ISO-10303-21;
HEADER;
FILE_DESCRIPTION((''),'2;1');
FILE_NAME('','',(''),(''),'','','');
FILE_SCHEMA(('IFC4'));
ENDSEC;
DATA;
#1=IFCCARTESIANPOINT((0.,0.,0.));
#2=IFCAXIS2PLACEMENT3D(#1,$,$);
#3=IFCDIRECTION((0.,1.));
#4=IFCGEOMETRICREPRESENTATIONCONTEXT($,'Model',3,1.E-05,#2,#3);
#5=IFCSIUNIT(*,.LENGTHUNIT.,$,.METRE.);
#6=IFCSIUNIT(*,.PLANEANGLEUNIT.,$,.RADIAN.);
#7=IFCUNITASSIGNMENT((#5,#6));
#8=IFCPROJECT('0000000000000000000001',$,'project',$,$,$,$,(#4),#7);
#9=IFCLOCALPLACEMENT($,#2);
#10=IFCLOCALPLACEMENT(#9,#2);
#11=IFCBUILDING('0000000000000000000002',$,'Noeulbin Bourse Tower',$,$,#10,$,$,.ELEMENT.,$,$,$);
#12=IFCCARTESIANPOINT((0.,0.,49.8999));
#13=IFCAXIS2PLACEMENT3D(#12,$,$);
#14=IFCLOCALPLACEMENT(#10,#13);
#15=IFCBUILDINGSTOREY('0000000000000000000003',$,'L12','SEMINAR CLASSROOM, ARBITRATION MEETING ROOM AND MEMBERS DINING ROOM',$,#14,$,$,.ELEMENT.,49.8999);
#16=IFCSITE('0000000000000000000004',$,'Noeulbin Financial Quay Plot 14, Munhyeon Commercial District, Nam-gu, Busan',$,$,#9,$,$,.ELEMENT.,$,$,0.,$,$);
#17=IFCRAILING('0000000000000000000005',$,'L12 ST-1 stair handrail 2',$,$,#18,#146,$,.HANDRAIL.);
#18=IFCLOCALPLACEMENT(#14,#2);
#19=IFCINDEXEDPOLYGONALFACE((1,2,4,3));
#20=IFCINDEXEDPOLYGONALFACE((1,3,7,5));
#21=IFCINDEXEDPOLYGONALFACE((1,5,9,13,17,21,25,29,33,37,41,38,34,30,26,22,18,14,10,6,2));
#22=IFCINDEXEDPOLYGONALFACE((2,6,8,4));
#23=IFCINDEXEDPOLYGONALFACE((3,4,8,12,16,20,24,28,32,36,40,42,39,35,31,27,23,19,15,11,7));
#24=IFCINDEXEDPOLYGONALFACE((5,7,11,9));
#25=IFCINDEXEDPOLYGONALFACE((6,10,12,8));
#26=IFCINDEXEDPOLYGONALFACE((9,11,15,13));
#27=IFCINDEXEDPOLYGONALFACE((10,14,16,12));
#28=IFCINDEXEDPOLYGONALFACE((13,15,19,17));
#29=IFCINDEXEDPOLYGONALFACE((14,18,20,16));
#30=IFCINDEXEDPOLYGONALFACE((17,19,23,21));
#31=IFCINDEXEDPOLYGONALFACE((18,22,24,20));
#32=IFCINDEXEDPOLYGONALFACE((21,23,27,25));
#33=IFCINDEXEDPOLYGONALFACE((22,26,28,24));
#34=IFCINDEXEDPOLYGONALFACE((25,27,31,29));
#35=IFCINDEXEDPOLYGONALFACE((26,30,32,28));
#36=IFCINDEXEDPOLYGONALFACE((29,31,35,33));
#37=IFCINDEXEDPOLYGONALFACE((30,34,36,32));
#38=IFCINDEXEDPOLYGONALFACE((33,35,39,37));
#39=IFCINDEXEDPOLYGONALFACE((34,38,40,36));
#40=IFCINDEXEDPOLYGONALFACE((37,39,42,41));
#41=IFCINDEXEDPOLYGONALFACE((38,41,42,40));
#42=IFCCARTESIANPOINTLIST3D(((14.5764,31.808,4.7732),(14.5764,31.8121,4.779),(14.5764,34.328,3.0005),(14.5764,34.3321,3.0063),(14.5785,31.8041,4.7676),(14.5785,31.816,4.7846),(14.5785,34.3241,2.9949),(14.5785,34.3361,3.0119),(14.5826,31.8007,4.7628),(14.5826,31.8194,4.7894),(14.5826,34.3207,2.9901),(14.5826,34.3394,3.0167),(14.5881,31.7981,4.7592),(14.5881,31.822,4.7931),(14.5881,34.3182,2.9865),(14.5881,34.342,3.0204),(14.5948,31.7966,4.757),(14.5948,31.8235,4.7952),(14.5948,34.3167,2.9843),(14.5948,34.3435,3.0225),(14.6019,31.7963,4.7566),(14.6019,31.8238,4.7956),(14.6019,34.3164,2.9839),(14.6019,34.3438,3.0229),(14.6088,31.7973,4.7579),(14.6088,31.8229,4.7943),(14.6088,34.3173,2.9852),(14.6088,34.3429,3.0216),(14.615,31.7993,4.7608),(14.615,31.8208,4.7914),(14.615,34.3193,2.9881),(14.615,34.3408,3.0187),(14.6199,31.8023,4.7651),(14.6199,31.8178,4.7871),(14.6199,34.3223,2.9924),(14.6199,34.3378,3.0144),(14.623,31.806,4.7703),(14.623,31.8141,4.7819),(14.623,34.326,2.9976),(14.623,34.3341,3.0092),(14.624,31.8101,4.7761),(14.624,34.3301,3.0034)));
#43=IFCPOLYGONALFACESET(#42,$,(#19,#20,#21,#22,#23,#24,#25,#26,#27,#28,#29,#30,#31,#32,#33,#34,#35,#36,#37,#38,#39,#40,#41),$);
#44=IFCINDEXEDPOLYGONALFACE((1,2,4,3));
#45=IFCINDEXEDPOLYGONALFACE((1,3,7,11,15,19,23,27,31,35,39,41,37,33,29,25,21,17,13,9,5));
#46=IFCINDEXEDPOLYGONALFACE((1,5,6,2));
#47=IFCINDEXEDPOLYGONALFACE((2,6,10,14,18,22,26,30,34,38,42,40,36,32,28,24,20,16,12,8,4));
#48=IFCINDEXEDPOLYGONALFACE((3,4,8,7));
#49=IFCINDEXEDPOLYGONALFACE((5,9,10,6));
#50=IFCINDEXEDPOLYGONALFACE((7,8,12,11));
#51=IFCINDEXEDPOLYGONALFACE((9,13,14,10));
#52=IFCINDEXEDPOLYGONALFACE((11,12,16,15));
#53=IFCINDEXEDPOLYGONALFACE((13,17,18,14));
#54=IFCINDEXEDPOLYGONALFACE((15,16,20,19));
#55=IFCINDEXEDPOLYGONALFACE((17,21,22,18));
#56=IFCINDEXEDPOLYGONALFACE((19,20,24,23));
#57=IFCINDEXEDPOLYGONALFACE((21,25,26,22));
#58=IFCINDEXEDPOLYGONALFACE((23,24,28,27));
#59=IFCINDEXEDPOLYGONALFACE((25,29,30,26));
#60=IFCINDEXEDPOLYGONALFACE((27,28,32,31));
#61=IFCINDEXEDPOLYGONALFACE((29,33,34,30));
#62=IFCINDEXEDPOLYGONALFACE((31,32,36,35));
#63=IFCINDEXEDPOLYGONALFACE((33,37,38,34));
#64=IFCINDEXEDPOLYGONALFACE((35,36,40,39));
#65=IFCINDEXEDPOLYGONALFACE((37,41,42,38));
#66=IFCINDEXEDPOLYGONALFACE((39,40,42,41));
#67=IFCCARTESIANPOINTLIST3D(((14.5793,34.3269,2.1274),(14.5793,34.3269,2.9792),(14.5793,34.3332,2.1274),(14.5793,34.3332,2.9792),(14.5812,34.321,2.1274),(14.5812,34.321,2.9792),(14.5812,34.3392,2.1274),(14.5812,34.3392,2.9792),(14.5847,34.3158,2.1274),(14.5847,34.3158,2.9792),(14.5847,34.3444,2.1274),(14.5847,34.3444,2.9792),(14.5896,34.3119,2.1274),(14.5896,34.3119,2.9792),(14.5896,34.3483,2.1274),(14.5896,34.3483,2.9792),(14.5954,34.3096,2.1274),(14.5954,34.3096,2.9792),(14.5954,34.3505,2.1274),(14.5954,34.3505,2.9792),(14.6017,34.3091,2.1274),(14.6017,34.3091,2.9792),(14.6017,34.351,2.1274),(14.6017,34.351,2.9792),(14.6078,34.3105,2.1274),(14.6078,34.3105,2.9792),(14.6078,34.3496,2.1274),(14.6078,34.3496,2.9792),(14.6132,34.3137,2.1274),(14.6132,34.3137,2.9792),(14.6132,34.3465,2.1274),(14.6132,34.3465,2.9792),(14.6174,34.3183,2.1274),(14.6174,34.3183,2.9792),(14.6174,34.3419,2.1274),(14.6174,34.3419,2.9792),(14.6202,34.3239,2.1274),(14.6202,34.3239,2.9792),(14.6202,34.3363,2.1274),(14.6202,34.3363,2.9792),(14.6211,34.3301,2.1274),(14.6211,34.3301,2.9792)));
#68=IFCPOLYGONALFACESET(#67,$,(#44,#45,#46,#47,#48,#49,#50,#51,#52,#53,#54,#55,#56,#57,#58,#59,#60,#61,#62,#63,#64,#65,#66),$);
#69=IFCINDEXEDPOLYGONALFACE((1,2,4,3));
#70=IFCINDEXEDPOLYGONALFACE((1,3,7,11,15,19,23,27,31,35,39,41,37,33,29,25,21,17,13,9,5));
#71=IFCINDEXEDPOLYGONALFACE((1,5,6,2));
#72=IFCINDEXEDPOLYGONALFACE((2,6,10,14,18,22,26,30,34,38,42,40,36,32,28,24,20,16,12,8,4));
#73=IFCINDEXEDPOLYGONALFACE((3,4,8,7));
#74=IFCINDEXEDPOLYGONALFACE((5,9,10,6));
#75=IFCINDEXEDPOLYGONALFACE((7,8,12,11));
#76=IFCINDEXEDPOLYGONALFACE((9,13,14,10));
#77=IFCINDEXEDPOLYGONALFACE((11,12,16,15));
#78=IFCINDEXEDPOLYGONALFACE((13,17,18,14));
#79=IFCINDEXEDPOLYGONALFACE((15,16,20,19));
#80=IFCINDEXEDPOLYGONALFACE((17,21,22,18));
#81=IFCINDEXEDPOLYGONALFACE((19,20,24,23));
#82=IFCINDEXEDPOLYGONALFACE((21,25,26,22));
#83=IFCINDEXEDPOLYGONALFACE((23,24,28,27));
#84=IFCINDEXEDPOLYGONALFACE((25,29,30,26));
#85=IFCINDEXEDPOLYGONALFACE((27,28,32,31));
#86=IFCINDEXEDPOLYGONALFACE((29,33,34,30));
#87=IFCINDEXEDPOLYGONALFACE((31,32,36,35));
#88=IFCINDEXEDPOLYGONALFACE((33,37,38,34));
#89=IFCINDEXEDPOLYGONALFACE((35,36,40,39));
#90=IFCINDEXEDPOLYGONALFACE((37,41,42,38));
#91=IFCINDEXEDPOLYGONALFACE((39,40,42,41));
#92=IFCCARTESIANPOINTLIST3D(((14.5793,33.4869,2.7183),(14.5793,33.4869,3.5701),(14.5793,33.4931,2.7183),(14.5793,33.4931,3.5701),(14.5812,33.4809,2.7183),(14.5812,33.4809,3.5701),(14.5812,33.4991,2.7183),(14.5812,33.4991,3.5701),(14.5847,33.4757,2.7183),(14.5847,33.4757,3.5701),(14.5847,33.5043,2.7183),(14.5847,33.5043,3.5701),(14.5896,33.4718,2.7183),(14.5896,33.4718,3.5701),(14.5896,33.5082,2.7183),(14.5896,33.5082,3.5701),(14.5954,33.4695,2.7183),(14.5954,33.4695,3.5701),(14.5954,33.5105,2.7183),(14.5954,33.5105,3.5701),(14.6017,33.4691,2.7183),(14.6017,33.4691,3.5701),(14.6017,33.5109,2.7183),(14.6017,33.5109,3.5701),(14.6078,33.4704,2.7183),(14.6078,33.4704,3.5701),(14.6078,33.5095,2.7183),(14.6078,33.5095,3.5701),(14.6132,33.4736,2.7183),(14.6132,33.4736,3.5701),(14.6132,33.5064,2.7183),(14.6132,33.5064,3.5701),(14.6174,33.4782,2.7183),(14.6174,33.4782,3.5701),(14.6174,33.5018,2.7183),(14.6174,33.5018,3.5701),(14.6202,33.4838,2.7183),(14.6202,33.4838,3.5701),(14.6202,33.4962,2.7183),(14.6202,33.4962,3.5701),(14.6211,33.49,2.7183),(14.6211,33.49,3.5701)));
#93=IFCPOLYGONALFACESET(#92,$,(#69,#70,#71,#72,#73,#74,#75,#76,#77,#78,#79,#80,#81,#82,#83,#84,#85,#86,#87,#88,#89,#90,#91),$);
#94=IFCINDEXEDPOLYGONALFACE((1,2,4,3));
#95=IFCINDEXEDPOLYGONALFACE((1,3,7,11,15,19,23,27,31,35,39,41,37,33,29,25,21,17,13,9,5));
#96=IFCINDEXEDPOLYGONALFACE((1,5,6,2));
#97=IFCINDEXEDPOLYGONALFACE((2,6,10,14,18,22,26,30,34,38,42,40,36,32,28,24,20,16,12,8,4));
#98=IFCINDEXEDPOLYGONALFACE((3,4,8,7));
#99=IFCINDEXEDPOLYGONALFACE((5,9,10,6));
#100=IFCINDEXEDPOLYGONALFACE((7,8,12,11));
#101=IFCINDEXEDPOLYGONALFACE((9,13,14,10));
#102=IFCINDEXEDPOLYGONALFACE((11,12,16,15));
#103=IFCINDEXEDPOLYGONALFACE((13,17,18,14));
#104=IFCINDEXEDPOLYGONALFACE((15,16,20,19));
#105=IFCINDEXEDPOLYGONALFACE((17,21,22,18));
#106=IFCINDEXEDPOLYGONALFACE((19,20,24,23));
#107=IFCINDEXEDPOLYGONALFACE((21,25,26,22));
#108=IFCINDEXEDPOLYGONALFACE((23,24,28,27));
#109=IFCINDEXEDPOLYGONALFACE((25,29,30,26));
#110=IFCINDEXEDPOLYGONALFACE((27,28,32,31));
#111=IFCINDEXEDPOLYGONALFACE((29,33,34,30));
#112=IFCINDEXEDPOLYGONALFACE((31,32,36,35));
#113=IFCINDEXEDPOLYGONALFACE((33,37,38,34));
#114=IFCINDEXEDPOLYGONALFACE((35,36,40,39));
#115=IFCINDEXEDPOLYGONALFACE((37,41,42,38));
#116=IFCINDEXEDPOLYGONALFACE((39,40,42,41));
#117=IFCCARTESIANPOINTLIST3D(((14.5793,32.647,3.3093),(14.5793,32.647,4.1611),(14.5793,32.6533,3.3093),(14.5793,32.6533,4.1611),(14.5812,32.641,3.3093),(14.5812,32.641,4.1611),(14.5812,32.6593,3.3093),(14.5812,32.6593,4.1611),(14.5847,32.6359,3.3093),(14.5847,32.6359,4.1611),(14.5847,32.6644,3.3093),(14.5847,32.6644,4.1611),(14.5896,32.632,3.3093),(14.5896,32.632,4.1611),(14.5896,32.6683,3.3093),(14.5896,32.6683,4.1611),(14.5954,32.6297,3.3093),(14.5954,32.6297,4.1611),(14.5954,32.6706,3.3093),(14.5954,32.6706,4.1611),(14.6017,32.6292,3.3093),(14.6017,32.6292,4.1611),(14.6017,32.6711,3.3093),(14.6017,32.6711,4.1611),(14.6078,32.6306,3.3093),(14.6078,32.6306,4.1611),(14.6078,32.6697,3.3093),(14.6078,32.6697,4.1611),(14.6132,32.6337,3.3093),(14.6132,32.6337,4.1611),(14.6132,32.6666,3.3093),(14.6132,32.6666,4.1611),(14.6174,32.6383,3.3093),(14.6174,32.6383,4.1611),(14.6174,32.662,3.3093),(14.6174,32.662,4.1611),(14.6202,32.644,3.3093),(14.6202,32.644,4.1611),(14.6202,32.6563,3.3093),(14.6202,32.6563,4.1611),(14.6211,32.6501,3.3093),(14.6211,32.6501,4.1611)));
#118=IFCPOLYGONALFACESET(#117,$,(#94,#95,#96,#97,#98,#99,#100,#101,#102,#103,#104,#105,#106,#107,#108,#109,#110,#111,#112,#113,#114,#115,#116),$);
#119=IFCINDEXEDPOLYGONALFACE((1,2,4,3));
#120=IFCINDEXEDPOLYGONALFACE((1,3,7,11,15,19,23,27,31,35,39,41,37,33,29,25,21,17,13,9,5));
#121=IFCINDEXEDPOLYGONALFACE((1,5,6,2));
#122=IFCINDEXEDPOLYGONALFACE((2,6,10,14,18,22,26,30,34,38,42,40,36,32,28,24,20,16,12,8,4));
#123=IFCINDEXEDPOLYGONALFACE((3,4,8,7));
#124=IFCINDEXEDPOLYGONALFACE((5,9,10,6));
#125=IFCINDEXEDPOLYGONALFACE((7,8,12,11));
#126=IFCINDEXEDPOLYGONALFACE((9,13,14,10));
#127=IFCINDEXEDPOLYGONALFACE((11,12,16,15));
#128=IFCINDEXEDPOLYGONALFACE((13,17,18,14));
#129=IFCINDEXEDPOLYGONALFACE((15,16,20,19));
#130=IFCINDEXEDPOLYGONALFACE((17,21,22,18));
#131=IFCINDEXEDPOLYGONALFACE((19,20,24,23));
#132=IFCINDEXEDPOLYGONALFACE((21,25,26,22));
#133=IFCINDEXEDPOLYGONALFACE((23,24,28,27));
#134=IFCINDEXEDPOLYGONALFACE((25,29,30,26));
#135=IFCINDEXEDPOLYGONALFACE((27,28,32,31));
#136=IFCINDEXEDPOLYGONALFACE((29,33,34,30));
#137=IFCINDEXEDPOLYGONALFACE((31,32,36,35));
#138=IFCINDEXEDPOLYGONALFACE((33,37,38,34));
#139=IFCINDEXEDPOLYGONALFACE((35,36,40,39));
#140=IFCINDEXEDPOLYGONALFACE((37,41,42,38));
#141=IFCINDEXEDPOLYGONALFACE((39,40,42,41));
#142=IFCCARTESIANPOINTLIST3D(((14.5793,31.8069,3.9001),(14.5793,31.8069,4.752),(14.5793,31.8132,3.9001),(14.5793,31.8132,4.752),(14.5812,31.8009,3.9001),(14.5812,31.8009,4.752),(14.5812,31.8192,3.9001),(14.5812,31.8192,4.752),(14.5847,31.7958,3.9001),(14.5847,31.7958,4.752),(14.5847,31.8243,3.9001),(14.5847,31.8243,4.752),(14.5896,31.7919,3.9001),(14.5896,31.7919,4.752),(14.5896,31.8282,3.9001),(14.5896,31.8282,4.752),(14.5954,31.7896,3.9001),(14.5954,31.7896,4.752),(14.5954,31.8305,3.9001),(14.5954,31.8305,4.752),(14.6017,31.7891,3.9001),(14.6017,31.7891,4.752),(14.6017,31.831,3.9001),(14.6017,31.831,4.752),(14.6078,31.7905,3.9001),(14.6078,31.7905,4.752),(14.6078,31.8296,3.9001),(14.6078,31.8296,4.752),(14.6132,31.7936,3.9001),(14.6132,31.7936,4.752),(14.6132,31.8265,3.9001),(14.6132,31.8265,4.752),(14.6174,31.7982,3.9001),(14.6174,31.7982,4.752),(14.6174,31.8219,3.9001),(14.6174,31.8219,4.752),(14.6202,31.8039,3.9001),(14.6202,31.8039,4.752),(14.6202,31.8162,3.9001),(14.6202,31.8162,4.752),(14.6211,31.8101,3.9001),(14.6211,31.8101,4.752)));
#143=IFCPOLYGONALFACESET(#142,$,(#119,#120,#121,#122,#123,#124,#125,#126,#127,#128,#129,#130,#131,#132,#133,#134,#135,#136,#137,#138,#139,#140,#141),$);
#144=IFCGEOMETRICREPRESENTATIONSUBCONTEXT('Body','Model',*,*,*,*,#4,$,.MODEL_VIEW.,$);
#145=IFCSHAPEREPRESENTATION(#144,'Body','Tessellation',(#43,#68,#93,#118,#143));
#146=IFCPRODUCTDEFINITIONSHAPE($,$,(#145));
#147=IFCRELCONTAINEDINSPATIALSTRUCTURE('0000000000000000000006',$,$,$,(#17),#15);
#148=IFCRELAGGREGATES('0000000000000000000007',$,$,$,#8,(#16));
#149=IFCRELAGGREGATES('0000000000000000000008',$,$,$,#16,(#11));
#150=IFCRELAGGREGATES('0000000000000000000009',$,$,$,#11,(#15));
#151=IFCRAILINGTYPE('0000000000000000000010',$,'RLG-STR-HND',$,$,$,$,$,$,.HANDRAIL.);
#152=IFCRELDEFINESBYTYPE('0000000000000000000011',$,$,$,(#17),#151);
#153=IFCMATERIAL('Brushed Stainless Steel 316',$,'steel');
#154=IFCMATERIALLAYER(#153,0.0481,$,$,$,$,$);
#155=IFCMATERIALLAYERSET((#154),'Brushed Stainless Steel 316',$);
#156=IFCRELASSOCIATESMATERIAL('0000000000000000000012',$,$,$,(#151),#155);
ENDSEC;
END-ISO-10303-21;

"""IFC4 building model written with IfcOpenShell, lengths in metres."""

from ifc_helpers import new_model, si_unit, direction, frame, origin, origin_2d, place, context, subcontext, project, spatial, circle, extrude, material, layer, layer_set, type_object, element, save


model = new_model("IFC4")

# Units and contexts
model_context = context("Model", 3, precision=1e-05, world=origin(), true_north=direction((0.0, 1.0)))
body_context = subcontext(model_context, "Body", "Model", "MODEL_VIEW")
ifc_project = project(units=[si_unit("LENGTHUNIT", "METRE"), si_unit("PLANEANGLEUNIT", "RADIAN")], contexts=[model_context])

# Site, building, storey
site_placement = place(None, origin())
site = spatial("IfcSite", under=ifc_project, at=site_placement, Name="Noeulbin Financial Quay Plot 14, Munhyeon Commercial District, Nam-gu, Busan", CompositionType="ELEMENT", RefElevation=0.0)
building_placement = place(site_placement, origin())
building = spatial("IfcBuilding", under=site, at=building_placement, Name="Noeulbin Bourse Tower", CompositionType="ELEMENT")
storey_placement = place(building_placement, frame((0.0, 0.0, 49.8999)))
storey = spatial("IfcBuildingStorey", under=building, at=storey_placement, Name="L12", Description="SEMINAR CLASSROOM, ARBITRATION MEETING ROOM AND MEMBERS DINING ROOM", CompositionType="ELEMENT", Elevation=49.8999)

# Shared definitions
ifc_material_1 = material(Name="Brushed Stainless Steel 316", Category="steel")

# Railing
ifc_layer_1 = layer(ifc_material_1, 0.0481)
ifc_layer_set_1 = layer_set([ifc_layer_1], Name="Brushed Stainless Steel 316")
railing_type_1 = type_object("IfcRailingType", Name="RLG-STR-HND", PredefinedType="HANDRAIL", material=ifc_layer_set_1)
railing_1_placement = place(storey_placement, frame((14.6001, 34.3301, 2.1274)))
element("IfcRailing", 1, at=railing_1_placement, inside=storey, type_object=railing_type_1, Name="L12 ST-1 stair handrail 2", PredefinedType="HANDRAIL", context=body_context, shape_type="SweptSolid", body=[
    extrude(circle(Radius=0.0239, at=origin_2d()), frame((0.0, 0.0, 0.876), z_axis=(0.0, -0.817904, 0.575354), x_axis=(1.0, 0.0, 0.0)), (0.0, 0.0, 1.0), 3.0811),
    extrude(circle(Radius=0.021, at=origin_2d()), origin(), (0.0, 0.0, 1.0), 0.8518),
    extrude(circle(Radius=0.021, at=origin_2d()), frame((0.0, -0.8401, 0.5908)), (0.0, 0.0, 1.0), 0.8518),
    extrude(circle(Radius=0.021, at=origin_2d()), frame((0.0, -1.6799, 1.1819)), (0.0, 0.0, 1.0), 0.8518),
    extrude(circle(Radius=0.021, at=origin_2d()), frame((0.0, -2.52, 1.7727)), (0.0, 0.0, 1.0), 0.8518),
])

save(model, "model.ifc")
